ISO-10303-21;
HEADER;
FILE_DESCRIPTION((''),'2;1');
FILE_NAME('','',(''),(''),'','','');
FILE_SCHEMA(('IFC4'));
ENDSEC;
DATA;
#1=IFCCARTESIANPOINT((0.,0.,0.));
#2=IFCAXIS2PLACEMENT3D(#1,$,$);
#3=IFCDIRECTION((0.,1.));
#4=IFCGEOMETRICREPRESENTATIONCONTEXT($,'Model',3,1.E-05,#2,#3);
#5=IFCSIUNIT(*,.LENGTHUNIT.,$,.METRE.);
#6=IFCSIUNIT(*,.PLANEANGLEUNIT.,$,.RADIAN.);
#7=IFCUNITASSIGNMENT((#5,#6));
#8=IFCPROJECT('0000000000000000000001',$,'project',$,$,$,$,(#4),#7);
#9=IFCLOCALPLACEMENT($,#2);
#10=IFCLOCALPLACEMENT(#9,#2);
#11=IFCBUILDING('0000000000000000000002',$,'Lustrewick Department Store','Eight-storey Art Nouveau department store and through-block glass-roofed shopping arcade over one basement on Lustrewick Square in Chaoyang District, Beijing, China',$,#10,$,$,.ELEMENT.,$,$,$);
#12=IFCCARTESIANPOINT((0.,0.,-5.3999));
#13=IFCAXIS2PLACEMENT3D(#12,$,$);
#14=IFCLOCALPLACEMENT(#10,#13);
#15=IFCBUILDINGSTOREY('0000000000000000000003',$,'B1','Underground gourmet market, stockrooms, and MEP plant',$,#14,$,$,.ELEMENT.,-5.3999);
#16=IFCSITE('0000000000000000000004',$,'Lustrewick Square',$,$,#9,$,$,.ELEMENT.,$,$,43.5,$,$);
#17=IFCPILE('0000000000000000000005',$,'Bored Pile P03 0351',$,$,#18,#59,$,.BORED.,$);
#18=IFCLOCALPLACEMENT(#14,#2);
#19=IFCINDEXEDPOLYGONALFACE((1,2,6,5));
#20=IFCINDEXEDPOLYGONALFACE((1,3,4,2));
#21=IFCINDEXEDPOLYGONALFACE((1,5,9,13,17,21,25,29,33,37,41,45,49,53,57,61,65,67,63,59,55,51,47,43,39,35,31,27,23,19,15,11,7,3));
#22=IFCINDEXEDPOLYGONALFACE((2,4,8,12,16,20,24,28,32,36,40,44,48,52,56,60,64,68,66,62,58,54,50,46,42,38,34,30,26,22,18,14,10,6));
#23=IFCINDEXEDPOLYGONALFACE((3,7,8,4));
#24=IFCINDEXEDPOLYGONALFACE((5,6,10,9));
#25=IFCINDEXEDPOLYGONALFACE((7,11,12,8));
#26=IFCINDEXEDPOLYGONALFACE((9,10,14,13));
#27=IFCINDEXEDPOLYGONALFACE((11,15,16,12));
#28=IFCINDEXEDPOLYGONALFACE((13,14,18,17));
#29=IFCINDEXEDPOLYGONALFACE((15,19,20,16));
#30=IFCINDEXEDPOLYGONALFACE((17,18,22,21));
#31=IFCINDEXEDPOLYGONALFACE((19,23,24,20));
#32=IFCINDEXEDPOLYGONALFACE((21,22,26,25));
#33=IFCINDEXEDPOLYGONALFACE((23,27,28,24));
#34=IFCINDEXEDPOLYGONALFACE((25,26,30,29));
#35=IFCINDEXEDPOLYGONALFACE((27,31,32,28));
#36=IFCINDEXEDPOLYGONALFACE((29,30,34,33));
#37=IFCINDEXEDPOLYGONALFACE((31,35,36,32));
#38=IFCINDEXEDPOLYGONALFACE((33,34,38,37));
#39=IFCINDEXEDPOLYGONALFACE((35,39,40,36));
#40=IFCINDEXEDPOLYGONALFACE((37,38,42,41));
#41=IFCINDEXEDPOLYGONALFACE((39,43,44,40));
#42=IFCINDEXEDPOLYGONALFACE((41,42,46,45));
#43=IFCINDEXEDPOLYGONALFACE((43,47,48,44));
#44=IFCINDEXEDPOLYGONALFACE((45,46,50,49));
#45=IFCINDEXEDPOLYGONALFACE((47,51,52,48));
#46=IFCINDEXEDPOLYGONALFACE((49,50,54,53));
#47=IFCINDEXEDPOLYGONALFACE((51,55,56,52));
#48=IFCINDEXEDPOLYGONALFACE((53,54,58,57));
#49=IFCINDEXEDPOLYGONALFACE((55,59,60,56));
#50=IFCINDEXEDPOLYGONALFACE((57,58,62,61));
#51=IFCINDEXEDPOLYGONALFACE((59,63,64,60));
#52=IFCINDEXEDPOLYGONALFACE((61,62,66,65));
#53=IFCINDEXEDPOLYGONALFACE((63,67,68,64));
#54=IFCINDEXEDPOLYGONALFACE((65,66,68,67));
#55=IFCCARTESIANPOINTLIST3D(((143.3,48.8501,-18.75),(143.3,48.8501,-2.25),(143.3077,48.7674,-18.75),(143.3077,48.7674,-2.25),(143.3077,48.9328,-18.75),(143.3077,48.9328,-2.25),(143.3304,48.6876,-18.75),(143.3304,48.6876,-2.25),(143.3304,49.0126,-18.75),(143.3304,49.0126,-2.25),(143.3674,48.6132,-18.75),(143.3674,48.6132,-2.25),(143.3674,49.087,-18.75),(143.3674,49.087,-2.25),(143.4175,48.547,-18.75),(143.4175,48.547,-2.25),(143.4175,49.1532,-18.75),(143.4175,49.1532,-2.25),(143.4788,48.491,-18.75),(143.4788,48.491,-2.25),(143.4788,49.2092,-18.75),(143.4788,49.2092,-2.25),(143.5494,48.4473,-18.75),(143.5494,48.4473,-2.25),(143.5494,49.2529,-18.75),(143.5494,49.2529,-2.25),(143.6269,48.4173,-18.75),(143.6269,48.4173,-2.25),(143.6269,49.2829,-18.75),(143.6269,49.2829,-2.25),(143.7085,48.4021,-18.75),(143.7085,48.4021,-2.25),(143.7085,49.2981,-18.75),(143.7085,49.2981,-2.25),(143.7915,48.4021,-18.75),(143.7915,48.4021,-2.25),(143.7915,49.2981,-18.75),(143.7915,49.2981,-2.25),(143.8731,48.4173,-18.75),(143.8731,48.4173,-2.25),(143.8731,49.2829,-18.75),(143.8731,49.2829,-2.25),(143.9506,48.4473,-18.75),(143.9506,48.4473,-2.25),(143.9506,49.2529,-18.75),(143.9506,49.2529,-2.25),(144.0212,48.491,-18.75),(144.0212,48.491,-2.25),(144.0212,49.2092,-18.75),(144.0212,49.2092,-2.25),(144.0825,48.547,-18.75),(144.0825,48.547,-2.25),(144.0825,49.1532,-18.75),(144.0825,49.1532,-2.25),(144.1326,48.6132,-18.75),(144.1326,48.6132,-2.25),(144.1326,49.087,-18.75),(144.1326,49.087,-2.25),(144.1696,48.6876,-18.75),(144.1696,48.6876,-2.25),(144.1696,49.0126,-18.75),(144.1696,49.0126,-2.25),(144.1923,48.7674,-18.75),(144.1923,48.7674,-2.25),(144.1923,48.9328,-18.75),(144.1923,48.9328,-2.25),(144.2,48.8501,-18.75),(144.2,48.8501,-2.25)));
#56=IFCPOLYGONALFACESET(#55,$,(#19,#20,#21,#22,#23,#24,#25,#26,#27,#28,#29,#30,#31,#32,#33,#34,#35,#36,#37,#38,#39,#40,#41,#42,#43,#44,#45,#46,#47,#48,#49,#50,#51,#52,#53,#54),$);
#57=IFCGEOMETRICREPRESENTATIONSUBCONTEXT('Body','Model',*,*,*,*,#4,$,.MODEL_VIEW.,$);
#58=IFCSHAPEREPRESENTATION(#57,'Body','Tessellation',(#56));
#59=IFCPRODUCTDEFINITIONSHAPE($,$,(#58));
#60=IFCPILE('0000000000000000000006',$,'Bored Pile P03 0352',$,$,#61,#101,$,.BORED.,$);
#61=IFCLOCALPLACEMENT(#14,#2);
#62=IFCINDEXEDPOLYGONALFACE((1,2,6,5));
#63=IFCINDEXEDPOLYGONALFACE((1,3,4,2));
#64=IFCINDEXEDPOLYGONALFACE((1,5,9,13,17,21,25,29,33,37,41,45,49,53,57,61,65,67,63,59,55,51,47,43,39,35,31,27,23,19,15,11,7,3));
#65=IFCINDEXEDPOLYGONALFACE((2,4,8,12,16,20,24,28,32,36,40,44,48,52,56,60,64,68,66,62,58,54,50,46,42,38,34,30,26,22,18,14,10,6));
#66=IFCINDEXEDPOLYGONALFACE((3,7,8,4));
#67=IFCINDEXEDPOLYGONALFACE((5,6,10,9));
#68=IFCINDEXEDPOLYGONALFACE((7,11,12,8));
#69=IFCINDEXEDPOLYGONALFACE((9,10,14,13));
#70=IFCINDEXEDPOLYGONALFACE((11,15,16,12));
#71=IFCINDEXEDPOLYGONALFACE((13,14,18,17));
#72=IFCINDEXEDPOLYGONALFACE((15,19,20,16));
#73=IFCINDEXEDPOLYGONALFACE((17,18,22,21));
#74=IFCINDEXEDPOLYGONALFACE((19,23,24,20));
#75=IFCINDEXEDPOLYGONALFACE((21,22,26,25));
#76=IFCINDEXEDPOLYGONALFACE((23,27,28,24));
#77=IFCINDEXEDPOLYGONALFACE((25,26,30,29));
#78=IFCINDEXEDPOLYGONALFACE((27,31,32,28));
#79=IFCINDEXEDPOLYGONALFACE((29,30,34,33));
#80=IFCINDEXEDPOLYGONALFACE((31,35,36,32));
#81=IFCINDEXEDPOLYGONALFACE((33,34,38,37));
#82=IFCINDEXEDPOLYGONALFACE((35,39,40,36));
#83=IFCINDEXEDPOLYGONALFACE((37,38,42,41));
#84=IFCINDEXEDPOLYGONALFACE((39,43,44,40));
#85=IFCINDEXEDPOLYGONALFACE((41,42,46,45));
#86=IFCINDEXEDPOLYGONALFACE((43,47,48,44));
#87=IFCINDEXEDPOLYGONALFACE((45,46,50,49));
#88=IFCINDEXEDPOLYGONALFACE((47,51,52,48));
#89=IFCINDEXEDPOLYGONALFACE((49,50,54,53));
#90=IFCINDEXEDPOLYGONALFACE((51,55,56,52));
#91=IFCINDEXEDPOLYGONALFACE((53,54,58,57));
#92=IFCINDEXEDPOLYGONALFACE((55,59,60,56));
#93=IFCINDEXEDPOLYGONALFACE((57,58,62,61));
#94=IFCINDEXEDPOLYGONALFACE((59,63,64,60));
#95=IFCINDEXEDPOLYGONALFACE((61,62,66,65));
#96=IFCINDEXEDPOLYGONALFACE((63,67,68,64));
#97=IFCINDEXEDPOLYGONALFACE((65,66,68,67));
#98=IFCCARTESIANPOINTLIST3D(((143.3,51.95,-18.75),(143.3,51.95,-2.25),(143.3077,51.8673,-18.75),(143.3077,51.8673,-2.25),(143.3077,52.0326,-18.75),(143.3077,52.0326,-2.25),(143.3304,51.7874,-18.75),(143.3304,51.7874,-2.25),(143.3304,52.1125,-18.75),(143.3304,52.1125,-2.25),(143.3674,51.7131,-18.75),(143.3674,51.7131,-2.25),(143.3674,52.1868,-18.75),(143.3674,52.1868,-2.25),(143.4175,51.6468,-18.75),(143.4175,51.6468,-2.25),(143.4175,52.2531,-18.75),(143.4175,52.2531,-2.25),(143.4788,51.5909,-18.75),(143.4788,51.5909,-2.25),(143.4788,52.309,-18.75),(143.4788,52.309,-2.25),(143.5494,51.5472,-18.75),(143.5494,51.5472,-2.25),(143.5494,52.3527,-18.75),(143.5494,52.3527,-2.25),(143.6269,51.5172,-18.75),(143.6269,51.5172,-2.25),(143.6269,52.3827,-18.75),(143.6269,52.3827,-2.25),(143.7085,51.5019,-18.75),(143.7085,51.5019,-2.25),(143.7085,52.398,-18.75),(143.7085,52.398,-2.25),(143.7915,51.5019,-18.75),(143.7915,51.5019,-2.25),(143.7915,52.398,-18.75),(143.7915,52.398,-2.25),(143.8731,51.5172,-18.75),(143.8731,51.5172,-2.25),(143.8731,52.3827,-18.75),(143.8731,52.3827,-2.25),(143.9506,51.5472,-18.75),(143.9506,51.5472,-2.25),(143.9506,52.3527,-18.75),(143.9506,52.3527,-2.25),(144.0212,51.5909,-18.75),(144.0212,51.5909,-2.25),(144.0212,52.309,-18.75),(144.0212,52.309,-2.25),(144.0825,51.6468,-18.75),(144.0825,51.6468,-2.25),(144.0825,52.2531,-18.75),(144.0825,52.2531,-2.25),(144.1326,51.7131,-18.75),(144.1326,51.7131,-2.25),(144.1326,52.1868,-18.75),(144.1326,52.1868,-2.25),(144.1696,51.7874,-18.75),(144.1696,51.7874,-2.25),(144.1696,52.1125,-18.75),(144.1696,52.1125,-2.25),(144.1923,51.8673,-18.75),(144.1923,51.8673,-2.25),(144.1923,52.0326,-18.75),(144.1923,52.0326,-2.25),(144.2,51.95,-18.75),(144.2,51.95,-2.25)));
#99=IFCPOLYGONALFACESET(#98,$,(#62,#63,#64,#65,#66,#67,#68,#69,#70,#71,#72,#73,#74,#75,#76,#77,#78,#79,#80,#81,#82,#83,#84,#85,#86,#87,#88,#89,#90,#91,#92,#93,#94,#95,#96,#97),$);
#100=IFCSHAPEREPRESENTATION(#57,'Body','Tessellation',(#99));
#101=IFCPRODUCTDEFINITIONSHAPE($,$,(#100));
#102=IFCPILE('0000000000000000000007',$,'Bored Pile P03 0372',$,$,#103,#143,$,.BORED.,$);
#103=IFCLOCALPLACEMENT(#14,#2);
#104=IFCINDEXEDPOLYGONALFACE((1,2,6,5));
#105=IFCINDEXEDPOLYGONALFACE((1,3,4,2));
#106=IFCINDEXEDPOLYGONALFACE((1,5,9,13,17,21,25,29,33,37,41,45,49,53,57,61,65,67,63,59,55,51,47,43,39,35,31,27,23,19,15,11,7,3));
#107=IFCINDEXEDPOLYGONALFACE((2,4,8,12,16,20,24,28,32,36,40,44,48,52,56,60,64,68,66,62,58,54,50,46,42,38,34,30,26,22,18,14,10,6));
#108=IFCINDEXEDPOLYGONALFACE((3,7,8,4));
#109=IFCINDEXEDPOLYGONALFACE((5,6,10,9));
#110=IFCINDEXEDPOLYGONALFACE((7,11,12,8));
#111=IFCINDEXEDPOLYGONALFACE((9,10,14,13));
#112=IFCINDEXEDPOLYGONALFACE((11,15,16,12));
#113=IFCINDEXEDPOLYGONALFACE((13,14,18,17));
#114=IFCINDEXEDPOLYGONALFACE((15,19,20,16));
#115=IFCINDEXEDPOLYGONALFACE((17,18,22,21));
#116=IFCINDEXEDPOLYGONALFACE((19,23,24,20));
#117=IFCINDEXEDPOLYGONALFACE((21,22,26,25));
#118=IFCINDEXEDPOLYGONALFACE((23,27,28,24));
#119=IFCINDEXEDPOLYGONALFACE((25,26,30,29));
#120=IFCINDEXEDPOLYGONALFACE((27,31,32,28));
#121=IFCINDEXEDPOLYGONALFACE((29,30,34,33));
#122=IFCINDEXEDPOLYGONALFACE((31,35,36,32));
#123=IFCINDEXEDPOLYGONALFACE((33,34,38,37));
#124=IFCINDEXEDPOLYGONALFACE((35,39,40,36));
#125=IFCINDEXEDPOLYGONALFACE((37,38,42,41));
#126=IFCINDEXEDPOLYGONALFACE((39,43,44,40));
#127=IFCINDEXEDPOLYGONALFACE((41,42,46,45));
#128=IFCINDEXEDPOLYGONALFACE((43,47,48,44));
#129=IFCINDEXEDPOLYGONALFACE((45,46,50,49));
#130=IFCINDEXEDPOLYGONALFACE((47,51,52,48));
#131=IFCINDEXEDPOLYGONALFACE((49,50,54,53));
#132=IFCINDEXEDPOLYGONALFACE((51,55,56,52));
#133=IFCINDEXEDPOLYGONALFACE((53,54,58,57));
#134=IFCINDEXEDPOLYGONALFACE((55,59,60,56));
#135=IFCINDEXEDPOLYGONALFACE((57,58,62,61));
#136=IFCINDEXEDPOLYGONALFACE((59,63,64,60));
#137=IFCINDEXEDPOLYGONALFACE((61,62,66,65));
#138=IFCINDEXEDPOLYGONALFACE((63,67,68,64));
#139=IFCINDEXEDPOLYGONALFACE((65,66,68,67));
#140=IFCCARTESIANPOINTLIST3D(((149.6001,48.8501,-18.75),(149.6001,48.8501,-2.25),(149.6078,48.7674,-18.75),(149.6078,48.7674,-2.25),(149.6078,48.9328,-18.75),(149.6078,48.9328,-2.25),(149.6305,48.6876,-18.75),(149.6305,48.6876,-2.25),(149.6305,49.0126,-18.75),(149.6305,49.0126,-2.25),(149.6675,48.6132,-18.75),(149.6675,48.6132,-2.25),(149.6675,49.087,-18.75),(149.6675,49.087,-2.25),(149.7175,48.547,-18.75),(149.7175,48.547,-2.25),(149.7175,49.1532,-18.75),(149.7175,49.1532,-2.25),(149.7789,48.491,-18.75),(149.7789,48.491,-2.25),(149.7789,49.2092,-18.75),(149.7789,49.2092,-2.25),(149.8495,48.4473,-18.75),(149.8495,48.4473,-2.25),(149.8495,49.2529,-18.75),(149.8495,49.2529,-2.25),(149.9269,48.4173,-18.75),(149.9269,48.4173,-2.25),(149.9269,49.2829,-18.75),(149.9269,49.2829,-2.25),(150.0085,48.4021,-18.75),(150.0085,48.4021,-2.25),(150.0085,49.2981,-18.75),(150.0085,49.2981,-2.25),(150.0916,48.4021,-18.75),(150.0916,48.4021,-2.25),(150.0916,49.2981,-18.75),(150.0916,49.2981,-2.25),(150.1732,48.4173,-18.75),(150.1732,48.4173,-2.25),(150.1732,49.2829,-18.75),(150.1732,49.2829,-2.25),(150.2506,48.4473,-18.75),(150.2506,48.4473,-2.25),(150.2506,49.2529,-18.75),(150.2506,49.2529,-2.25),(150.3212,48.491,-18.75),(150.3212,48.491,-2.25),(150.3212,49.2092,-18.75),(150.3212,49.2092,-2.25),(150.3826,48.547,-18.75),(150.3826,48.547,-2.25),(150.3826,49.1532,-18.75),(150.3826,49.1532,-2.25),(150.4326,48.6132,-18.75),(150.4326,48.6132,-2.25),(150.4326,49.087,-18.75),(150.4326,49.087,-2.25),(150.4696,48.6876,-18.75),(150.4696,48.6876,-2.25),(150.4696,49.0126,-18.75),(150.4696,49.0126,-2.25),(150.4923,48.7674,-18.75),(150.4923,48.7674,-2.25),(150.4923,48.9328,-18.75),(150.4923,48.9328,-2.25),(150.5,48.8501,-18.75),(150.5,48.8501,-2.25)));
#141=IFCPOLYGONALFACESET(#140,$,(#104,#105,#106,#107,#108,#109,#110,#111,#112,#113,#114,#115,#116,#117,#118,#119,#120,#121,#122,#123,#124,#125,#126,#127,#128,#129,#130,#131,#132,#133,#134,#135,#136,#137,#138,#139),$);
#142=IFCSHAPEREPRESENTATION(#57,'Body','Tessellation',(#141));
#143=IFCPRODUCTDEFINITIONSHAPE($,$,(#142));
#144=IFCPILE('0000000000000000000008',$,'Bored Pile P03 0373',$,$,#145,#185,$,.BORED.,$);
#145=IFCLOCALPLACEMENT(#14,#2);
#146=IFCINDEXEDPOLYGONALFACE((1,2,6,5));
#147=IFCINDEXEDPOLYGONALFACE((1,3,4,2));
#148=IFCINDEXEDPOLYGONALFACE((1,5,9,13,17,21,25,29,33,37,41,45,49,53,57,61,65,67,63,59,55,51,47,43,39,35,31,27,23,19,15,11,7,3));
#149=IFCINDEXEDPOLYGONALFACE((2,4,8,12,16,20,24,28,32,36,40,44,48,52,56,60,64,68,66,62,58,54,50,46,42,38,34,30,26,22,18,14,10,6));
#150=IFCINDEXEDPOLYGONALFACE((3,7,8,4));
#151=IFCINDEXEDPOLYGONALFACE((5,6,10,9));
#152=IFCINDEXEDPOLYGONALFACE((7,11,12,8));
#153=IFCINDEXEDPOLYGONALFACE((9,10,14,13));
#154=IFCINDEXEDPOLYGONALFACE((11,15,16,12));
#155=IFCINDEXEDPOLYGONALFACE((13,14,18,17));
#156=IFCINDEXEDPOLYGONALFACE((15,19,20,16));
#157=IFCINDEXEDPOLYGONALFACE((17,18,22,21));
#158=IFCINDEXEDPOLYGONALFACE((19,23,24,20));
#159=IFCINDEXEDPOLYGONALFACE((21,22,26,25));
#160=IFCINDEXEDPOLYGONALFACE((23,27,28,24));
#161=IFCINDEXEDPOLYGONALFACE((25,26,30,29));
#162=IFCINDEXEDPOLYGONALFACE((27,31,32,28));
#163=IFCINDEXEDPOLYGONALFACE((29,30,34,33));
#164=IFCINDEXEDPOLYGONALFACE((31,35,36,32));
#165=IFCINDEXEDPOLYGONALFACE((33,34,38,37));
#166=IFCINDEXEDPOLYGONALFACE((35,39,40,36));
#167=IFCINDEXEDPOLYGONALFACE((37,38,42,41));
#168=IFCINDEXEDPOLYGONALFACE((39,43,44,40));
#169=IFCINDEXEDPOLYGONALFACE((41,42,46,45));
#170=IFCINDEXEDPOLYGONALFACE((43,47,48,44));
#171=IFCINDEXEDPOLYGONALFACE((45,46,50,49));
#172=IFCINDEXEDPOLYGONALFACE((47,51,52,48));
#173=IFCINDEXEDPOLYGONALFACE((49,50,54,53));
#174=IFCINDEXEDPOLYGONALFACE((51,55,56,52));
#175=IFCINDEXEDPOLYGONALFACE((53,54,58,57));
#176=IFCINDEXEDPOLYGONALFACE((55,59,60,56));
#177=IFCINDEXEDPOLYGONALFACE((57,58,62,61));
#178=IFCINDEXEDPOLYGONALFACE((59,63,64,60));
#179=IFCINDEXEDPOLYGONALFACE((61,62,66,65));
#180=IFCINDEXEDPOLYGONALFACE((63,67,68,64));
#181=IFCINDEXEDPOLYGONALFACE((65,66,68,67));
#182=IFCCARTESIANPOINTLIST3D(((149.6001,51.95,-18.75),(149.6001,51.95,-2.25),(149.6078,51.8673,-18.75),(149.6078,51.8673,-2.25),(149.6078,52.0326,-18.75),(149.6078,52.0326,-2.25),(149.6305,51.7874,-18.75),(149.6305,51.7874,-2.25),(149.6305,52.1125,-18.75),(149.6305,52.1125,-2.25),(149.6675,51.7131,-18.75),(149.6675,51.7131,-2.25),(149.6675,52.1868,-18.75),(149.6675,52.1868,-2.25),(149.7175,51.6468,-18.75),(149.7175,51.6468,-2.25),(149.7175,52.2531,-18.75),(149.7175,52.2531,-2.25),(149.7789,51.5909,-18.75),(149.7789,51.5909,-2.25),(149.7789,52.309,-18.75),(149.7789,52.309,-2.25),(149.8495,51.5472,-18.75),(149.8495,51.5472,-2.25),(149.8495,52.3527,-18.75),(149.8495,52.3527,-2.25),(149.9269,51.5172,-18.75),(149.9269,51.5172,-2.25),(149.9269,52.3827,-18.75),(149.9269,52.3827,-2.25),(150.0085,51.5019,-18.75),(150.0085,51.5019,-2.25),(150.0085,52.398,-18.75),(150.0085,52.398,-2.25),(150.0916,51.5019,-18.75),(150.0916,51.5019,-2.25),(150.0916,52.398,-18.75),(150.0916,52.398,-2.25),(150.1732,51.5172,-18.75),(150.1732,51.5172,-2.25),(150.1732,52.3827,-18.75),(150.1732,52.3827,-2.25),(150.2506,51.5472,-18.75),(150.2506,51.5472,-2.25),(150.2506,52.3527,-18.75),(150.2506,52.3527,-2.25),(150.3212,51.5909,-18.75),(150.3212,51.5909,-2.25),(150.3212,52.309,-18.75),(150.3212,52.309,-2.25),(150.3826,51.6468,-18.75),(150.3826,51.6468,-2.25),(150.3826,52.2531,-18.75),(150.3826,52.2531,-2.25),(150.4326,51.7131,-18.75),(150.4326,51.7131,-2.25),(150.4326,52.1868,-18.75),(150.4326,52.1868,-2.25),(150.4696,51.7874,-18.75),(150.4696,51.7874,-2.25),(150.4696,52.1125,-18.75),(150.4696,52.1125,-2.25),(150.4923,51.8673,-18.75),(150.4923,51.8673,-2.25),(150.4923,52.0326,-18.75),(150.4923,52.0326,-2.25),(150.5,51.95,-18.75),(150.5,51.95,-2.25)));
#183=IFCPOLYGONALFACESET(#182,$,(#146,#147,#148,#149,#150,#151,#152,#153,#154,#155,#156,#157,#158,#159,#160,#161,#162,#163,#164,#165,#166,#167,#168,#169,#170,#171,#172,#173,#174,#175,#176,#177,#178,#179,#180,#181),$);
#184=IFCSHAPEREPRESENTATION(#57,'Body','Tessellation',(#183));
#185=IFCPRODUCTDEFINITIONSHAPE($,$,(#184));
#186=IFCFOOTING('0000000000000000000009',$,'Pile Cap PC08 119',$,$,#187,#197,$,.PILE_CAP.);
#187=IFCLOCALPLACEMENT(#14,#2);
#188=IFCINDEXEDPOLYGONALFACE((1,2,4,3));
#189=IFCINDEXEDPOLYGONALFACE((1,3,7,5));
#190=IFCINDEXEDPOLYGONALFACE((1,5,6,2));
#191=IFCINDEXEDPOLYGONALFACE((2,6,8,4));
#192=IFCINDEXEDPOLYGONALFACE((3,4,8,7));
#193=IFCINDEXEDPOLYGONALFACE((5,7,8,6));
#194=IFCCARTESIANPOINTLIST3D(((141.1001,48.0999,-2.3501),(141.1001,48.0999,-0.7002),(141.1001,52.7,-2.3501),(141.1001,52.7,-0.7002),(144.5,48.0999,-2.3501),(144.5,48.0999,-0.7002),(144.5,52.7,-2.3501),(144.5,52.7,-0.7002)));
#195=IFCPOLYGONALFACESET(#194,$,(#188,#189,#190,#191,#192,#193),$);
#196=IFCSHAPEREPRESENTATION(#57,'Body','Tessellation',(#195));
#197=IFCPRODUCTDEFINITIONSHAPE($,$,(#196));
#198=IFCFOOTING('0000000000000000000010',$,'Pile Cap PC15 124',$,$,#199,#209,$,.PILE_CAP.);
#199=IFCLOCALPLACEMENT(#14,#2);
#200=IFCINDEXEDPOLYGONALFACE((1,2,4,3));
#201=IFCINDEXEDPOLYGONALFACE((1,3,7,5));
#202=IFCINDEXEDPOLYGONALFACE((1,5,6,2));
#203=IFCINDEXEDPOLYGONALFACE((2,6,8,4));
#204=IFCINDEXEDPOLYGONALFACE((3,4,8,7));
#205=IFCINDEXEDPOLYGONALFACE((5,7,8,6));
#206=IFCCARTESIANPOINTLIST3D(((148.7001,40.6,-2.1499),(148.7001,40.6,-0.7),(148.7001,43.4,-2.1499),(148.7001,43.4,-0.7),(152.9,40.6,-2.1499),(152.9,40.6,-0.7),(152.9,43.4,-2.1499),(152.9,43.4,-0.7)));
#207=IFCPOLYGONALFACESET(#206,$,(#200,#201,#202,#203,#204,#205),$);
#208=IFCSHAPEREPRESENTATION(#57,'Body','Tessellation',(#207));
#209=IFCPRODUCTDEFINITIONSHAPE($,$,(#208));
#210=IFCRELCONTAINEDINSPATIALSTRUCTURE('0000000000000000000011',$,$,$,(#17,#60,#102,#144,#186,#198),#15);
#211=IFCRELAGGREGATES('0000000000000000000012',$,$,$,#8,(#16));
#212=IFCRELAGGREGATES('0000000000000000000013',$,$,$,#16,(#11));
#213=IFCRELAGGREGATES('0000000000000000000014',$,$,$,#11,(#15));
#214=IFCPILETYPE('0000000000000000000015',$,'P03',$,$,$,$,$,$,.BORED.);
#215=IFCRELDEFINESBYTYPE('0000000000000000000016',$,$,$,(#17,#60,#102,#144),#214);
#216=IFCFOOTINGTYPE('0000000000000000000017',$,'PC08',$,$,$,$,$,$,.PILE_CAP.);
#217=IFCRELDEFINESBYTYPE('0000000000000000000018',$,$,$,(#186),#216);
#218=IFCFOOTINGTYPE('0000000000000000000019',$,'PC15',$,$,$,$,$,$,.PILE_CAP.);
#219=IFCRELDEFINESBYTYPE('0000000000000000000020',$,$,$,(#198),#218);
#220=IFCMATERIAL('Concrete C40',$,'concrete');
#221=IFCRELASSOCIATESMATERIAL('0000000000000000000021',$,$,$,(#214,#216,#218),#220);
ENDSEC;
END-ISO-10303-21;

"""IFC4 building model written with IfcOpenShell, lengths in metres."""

from ifc_helpers import new_model, si_unit, direction, frame, origin, origin_2d, place, context, subcontext, project, spatial, rectangle, circle, extrude, material, material_profile, profile_set, type_object, element, save


model = new_model("IFC4")

# Units and contexts
model_context = context("Model", 3, precision=1e-05, world=origin(), true_north=direction((0.0, 1.0)))
body_context = subcontext(model_context, "Body", "Model", "MODEL_VIEW")
ifc_project = project(units=[si_unit("LENGTHUNIT", "METRE"), si_unit("PLANEANGLEUNIT", "RADIAN")], contexts=[model_context])

# Site, building, storey
site_placement = place(None, origin())
site = spatial("IfcSite", under=ifc_project, at=site_placement, Name="Lustrewick Square", CompositionType="ELEMENT", RefElevation=43.5)
building_placement = place(site_placement, origin())
building = spatial("IfcBuilding", under=site, at=building_placement, Name="Lustrewick Department Store", Description="Eight-storey Art Nouveau department store and through-block glass-roofed shopping arcade over one basement on Lustrewick Square in Chaoyang District, Beijing, China", CompositionType="ELEMENT")
storey_placement = place(building_placement, frame((0.0, 0.0, -5.3999)))
storey = spatial("IfcBuildingStorey", under=building, at=storey_placement, Name="B1", Description="Underground gourmet market, stockrooms, and MEP plant", CompositionType="ELEMENT", Elevation=-5.3999)

# Piles
ifc_material_1 = material(Name="Concrete C40", Category="concrete")
ifc_material_profile_1 = material_profile(ifc_material_1, circle(Radius=0.45, at=origin_2d()), Name="PILE D900")
ifc_profile_set_1 = profile_set([ifc_material_profile_1], Name="Concrete C40")
pile_type_1 = type_object("IfcPileType", Name="P03", PredefinedType="BORED", material=ifc_profile_set_1)
for number, where, z_axis, x_axis, name in (
    (1, (143.75, 48.8501, -2.25), (0.0, 0.0, -1.0), (1.0, 0.0, 0.0), "Bored Pile P03 0351"),
    (2, (143.75, 51.95, -2.25), (0.0, 0.0, -1.0), (1.0, 0.0, 0.0), "Bored Pile P03 0352"),
    (3, (150.05, 48.8501, -2.25), (0.0, 0.0, -1.0), (1.0, 0.0, 0.0), "Bored Pile P03 0372"),
    (4, (150.05, 51.95, -2.25), (0.0, 0.0, -1.0), (1.0, 0.0, 0.0), "Bored Pile P03 0373"),
):
    element("IfcPile", number, at=place(storey_placement, frame(where, z_axis=z_axis, x_axis=x_axis)), inside=storey, type_object=pile_type_1, Name=name, PredefinedType="BORED", context=body_context, shape_type="SweptSolid", body=[
        extrude(circle(Radius=0.45, at=origin_2d()), origin(), (0.0, 0.0, 1.0), 16.5),
    ])

# Footings
footing_type_1 = type_object("IfcFootingType", Name="PC08", PredefinedType="PILE_CAP", material=ifc_material_1)
footing_1_placement = place(storey_placement, frame((142.8, 50.3999, -2.3501), z_axis=(0.0, 0.0, 1.0), x_axis=(1.0, 0.0, 0.0)))
element("IfcFooting", 5, at=footing_1_placement, inside=storey, type_object=footing_type_1, Name="Pile Cap PC08 119", PredefinedType="PILE_CAP", context=body_context, shape_type="SweptSolid", body=[
    extrude(rectangle(XDim=3.3999, YDim=4.6001, at=origin_2d()), origin(), (0.0, 0.0, 1.0), 1.6499),
])
footing_type_2 = type_object("IfcFootingType", Name="PC15", PredefinedType="PILE_CAP", material=ifc_material_1)
footing_2_placement = place(storey_placement, frame((150.8, 42.0, -2.1499), z_axis=(0.0, 0.0, 1.0), x_axis=(1.0, 0.0, 0.0)))
element("IfcFooting", 6, at=footing_2_placement, inside=storey, type_object=footing_type_2, Name="Pile Cap PC15 124", PredefinedType="PILE_CAP", context=body_context, shape_type="SweptSolid", body=[
    extrude(rectangle(XDim=4.2, YDim=2.8, at=origin_2d()), origin(), (0.0, 0.0, 1.0), 1.45),
])

save(model, "model.ifc")
